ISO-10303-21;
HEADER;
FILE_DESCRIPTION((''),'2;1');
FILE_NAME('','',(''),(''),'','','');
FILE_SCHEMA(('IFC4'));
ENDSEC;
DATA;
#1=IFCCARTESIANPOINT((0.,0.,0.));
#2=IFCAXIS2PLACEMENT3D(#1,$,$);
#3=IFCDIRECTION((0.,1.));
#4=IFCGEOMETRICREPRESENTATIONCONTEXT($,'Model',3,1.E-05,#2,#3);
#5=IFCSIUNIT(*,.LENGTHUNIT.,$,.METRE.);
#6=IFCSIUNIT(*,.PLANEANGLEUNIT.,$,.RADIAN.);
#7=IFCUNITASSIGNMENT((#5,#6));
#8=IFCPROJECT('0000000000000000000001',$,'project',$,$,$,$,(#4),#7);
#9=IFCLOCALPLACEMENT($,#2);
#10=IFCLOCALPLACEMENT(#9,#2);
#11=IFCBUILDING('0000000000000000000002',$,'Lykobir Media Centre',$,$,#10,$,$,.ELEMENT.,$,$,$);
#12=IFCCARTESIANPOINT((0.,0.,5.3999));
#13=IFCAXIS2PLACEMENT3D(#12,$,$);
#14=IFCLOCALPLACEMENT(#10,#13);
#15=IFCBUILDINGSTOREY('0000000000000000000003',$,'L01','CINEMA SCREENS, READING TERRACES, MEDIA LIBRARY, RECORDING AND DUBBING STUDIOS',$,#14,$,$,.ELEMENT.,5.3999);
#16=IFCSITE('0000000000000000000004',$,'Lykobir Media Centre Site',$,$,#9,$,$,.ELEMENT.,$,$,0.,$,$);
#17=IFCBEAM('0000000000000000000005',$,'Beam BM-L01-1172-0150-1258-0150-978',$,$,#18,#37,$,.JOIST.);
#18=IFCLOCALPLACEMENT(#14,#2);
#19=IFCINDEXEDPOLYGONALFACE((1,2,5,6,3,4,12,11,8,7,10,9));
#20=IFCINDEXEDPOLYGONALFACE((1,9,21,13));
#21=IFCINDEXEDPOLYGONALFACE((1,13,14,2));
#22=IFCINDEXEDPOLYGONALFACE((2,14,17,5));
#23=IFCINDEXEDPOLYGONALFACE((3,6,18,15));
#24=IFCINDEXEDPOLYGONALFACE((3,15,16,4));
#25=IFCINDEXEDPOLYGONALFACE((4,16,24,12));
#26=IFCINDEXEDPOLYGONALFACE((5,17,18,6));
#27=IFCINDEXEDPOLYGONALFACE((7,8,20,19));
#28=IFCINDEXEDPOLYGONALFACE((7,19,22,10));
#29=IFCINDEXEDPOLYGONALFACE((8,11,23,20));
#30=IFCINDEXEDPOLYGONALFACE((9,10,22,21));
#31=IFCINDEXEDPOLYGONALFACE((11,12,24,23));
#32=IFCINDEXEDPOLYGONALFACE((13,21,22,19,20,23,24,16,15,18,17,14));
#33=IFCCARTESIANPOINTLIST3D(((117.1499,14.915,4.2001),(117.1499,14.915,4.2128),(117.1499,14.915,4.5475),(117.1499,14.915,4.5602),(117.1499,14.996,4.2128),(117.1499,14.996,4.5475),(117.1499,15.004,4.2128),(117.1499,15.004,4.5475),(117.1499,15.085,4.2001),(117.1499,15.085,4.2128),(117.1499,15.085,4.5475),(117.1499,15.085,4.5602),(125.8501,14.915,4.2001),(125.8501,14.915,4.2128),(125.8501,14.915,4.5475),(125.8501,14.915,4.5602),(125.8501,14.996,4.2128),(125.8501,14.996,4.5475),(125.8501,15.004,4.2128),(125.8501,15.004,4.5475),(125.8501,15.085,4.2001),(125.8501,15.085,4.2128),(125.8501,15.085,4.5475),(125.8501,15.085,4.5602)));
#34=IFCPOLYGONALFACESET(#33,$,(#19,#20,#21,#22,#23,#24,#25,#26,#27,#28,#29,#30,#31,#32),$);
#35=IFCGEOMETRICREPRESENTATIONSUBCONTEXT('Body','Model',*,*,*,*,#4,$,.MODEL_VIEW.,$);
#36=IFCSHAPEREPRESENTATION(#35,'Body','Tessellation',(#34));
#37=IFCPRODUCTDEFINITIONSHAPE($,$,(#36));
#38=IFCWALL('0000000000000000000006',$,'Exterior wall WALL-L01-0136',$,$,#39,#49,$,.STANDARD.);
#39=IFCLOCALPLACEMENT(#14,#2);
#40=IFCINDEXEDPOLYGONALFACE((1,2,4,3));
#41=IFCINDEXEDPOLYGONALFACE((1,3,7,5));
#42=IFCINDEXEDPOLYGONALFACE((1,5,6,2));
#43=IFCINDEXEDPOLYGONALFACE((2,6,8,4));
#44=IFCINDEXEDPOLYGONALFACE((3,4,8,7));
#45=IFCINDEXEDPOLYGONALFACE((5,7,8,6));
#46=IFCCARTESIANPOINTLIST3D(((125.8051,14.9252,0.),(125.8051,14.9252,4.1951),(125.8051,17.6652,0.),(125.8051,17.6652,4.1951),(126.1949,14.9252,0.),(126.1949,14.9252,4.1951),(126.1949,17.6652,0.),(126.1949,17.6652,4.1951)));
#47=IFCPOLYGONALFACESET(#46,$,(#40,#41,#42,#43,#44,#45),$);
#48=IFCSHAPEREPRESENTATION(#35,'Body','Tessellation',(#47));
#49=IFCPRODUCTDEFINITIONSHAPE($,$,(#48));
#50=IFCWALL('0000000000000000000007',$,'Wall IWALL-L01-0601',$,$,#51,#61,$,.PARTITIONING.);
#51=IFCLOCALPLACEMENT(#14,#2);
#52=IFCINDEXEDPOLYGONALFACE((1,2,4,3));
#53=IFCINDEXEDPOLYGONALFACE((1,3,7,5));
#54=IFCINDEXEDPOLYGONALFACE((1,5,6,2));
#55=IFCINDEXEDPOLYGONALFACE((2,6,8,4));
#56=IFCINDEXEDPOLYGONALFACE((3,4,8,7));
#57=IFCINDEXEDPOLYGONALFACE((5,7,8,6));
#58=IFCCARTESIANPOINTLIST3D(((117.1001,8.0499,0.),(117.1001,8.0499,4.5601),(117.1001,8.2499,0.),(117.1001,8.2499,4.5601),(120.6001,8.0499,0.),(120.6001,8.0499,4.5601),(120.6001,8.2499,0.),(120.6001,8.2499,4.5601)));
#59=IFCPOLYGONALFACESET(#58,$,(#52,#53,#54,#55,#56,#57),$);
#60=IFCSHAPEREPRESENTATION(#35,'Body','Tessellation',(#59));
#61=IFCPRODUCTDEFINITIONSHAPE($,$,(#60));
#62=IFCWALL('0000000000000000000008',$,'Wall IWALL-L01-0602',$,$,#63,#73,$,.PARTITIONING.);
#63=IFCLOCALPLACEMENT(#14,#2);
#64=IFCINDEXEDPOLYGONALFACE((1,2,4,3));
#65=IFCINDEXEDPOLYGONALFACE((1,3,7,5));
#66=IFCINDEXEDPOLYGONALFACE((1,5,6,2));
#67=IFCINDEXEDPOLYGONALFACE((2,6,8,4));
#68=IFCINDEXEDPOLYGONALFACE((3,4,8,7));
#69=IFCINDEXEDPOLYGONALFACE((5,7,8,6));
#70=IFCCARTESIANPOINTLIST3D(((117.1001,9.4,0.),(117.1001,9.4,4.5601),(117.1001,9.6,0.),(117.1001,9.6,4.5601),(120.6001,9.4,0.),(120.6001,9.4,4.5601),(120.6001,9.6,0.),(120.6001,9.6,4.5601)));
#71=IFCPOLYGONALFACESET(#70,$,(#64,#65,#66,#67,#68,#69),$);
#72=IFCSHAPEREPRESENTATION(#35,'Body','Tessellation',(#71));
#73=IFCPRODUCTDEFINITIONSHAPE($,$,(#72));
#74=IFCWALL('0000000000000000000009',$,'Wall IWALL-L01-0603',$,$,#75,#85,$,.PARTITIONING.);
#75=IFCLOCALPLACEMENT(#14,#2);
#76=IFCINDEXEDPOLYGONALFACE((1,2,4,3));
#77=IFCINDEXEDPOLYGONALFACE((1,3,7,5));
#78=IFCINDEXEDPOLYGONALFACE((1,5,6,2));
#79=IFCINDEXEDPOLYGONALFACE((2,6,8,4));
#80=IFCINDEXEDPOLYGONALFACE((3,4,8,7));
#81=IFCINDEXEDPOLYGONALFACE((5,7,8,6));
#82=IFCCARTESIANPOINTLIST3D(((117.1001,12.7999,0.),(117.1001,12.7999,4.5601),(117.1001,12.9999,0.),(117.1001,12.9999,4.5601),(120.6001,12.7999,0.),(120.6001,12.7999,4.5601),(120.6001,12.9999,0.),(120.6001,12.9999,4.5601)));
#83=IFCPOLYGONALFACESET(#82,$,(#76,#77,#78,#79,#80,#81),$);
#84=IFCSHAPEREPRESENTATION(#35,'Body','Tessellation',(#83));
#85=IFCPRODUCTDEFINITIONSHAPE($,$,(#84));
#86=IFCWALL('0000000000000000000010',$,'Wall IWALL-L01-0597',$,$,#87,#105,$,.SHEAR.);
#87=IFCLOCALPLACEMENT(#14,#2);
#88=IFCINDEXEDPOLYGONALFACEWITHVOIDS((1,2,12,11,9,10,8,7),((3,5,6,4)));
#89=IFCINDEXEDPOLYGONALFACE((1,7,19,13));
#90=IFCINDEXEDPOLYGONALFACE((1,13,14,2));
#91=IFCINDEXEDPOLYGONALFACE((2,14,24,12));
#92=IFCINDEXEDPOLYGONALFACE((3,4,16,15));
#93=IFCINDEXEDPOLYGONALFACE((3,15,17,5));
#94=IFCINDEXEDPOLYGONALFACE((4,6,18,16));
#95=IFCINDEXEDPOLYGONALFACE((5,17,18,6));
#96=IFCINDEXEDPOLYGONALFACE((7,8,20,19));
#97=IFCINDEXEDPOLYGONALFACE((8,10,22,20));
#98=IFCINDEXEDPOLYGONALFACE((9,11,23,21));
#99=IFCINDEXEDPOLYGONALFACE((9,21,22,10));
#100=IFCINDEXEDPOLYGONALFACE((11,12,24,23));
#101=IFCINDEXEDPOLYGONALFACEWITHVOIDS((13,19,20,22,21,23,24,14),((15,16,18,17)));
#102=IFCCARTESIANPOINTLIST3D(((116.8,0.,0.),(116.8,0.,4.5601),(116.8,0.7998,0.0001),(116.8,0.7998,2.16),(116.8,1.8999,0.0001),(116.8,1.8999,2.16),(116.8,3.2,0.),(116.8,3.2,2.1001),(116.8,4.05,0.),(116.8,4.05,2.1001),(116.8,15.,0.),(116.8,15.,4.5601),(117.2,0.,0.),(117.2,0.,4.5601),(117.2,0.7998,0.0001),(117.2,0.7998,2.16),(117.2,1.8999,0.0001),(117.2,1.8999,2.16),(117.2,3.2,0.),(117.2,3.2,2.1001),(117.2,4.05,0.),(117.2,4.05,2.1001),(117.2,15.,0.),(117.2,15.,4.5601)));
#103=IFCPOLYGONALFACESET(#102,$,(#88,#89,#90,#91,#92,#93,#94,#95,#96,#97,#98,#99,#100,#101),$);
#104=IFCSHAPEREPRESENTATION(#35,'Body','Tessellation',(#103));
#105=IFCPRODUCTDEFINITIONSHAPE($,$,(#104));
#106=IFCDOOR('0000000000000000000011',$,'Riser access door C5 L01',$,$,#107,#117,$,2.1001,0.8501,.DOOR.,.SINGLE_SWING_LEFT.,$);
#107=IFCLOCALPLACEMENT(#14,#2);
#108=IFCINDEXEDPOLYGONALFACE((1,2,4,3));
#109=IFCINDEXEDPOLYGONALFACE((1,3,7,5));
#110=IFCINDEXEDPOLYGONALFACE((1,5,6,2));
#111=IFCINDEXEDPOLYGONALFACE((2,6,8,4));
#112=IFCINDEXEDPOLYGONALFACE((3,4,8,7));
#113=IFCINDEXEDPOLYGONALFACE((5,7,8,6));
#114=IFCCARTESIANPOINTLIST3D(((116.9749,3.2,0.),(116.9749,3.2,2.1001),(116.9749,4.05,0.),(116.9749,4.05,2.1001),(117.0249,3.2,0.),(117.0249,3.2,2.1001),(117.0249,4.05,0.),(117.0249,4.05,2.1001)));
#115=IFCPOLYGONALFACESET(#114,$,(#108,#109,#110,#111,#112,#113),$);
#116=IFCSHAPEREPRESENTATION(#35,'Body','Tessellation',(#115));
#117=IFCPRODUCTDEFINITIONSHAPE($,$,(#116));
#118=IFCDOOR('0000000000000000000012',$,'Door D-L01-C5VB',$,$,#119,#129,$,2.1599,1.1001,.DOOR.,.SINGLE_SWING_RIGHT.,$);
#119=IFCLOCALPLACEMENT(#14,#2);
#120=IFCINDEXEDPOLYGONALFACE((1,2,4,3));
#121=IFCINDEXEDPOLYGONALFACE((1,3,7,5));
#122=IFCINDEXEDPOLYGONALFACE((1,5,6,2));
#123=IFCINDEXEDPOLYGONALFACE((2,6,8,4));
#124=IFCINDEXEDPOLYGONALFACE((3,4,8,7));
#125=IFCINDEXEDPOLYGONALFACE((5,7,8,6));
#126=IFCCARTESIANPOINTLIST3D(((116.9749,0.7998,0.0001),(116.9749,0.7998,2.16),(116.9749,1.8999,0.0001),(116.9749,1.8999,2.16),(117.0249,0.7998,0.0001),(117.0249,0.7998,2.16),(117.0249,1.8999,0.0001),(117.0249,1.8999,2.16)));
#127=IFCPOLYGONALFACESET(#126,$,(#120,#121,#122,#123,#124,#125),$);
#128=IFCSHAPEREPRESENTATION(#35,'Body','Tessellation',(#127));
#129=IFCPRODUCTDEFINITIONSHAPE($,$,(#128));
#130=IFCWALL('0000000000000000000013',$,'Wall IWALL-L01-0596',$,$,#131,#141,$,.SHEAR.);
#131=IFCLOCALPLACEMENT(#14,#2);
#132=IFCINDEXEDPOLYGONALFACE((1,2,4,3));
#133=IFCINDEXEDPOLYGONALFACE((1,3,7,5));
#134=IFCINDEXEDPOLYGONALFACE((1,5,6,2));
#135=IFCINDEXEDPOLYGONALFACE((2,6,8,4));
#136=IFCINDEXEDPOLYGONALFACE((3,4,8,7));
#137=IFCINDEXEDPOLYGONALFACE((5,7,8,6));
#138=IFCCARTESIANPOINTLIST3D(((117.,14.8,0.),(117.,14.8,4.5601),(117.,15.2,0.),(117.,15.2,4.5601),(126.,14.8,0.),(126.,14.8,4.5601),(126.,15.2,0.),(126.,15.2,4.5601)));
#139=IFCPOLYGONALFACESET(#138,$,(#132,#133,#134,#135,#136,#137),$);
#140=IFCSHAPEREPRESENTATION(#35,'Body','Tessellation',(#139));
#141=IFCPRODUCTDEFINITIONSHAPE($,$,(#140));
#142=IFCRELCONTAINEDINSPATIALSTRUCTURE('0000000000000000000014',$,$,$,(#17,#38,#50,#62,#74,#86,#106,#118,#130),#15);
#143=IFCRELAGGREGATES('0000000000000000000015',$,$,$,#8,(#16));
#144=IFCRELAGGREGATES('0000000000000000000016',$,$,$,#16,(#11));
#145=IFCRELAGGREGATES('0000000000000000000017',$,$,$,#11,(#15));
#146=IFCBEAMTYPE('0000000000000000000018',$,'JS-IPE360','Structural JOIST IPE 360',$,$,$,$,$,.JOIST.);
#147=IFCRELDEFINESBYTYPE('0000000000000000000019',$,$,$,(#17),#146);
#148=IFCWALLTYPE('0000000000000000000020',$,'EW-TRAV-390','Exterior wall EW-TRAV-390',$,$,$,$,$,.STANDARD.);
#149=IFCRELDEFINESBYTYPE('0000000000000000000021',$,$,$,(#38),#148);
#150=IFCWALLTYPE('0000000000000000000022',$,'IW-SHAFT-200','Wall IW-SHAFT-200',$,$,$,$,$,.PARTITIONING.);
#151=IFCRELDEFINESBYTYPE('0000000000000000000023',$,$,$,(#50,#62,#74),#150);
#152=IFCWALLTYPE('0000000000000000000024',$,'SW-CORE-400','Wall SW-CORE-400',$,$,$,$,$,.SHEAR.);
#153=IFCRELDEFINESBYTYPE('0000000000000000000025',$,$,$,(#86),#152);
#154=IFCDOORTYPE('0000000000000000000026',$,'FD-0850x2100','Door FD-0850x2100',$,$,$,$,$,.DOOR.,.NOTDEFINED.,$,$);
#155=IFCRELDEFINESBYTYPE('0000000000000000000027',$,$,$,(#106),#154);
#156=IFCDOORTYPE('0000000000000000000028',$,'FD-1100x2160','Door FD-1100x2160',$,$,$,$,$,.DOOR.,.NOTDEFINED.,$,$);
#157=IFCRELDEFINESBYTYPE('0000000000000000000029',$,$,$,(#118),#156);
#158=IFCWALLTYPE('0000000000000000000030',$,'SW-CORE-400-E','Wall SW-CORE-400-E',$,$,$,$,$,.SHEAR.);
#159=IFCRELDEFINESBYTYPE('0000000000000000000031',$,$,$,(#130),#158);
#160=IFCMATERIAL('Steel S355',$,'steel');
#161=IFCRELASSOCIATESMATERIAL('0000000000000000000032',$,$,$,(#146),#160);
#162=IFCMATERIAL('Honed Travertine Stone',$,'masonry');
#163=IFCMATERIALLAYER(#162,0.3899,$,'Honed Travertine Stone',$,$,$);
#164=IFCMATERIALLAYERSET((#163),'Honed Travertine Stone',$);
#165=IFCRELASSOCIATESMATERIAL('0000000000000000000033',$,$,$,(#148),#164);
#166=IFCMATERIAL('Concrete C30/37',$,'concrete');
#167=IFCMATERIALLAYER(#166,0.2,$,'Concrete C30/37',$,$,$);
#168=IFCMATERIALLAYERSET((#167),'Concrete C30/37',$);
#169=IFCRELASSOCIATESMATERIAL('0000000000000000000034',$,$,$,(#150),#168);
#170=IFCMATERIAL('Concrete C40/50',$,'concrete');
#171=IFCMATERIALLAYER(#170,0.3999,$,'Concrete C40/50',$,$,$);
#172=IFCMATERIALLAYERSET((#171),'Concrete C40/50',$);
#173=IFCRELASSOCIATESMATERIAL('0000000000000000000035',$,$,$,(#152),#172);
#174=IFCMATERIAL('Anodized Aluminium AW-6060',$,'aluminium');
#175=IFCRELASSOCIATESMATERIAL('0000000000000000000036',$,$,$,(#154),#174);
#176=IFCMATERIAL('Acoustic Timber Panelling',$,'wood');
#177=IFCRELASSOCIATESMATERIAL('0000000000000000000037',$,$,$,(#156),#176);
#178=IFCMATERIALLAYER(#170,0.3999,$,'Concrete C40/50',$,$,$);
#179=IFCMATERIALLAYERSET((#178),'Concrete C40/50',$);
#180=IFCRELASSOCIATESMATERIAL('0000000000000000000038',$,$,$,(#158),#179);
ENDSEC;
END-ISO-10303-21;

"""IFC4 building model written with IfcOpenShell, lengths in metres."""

from ifc_helpers import new_model, si_unit, direction, frame, frame_2d, origin, origin_2d, place, context, subcontext, project, spatial, rectangle, i_section, extrude, material, layer, layer_set, material_profile, profile_set, type_object, element, fill, save


model = new_model("IFC4")

# Units and contexts
model_context = context("Model", 3, precision=1e-05, world=origin(), true_north=direction((0.0, 1.0)))
body_context = subcontext(model_context, "Body", "Model", "MODEL_VIEW")
ifc_project = project(units=[si_unit("LENGTHUNIT", "METRE"), si_unit("PLANEANGLEUNIT", "RADIAN")], contexts=[model_context])

# Site, building, storey
site_placement = place(None, origin())
site = spatial("IfcSite", under=ifc_project, at=site_placement, Name="Lykobir Media Centre Site", CompositionType="ELEMENT", RefElevation=0.0)
building_placement = place(site_placement, origin())
building = spatial("IfcBuilding", under=site, at=building_placement, Name="Lykobir Media Centre", CompositionType="ELEMENT")
storey_placement = place(building_placement, frame((0.0, 0.0, 5.3999)))
storey = spatial("IfcBuildingStorey", under=building, at=storey_placement, Name="L01", Description="CINEMA SCREENS, READING TERRACES, MEDIA LIBRARY, RECORDING AND DUBBING STUDIOS", CompositionType="ELEMENT", Elevation=5.3999)

# Shared definitions
ifc_material_1 = material(Name="Concrete C40/50", Category="concrete")
ifc_material_2 = material(Name="Steel S355", Category="steel")

# Shared definitions
ifc_material_3 = material(Name="Anodized Aluminium AW-6060", Category="aluminium")

# Beam
ifc_material_profile_1 = material_profile(ifc_material_2, i_section(OverallWidth=0.1699, OverallDepth=0.3601, WebThickness=0.0081, FlangeThickness=0.0127, at=origin_2d()), Name="IPE 360")
ifc_profile_set_1 = profile_set([ifc_material_profile_1], Name="Steel S355")
beam_type_1 = type_object("IfcBeamType", Name="JS-IPE360", Description="Structural JOIST IPE 360", PredefinedType="JOIST", material=ifc_profile_set_1)
beam_1_placement = place(storey_placement, frame((117.1499, 15.0, 4.3801), z_axis=(1.0, 0.0, 0.0), x_axis=(0.0, 1.0, 0.0)))
element("IfcBeam", 1, at=beam_1_placement, inside=storey, type_object=beam_type_1, Name="Beam BM-L01-1172-0150-1258-0150-978", PredefinedType="JOIST", context=body_context, shape_type="SweptSolid", body=[
    extrude(i_section(OverallWidth=0.1699, OverallDepth=0.3601, WebThickness=0.0081, FlangeThickness=0.0127, at=origin_2d()), origin(), (0.0, 0.0, 1.0), 8.7002),
])

# Walls
ifc_material_4 = material(Name="Honed Travertine Stone", Category="masonry")
ifc_layer_1 = layer(ifc_material_4, 0.3899, Name="Honed Travertine Stone")
ifc_layer_set_1 = layer_set([ifc_layer_1], Name="Honed Travertine Stone")
wall_type_1 = type_object("IfcWallType", Name="EW-TRAV-390", Description="Exterior wall EW-TRAV-390", PredefinedType="STANDARD", material=ifc_layer_set_1)
wall_1_placement = place(storey_placement, frame((126.0, 14.925, 0.0), z_axis=(0.0, 0.0, 1.0), x_axis=(0.0, 1.0, 0.0)))
element("IfcWall", 2, at=wall_1_placement, inside=storey, type_object=wall_type_1, Name="Exterior wall WALL-L01-0136", PredefinedType="STANDARD", context=body_context, shape_type="SweptSolid", body=[
    extrude(rectangle(XDim=2.74, YDim=0.3899, at=frame_2d((1.3701, 0.0))), origin(), (0.0, 0.0, 1.0), 4.1951),
])
ifc_material_5 = material(Name="Concrete C30/37", Category="concrete")
ifc_layer_2 = layer(ifc_material_5, 0.2, Name="Concrete C30/37")
ifc_layer_set_2 = layer_set([ifc_layer_2], Name="Concrete C30/37")
wall_type_2 = type_object("IfcWallType", Name="IW-SHAFT-200", Description="Wall IW-SHAFT-200", PredefinedType="PARTITIONING", material=ifc_layer_set_2)
for number, where, z_axis, x_axis, name in (
    (3, (117.1001, 8.1499, 0.0), (0.0, 0.0, 1.0), (1.0, 0.0, 0.0), "Wall IWALL-L01-0601"),
    (4, (117.1001, 9.5, 0.0), (0.0, 0.0, 1.0), (1.0, 0.0, 0.0), "Wall IWALL-L01-0602"),
    (5, (117.1001, 12.8999, 0.0), (0.0, 0.0, 1.0), (1.0, 0.0, 0.0), "Wall IWALL-L01-0603"),
):
    element("IfcWall", number, at=place(storey_placement, frame(where, z_axis=z_axis, x_axis=x_axis)), inside=storey, type_object=wall_type_2, Name=name, PredefinedType="PARTITIONING", context=body_context, shape_type="SweptSolid", body=[
        extrude(rectangle(XDim=3.5, YDim=0.2, at=frame_2d((1.75, 0.0))), origin(), (0.0, 0.0, 1.0), 4.5601),
    ])

# Wall, openings, doors
ifc_layer_3 = layer(ifc_material_1, 0.3999, Name="Concrete C40/50")
ifc_layer_set_3 = layer_set([ifc_layer_3], Name="Concrete C40/50")
wall_type_3 = type_object("IfcWallType", Name="SW-CORE-400", Description="Wall SW-CORE-400", PredefinedType="SHEAR", material=ifc_layer_set_3)
wall_2_placement = place(storey_placement, frame((117.0, 15.0, 0.0), z_axis=(0.0, 0.0, 1.0), x_axis=(0.0, -1.0, 0.0)))
wall_2 = element("IfcWall", 6, at=wall_2_placement, inside=storey, type_object=wall_type_3, Name="Wall IWALL-L01-0597", PredefinedType="SHEAR", context=body_context, shape_type="SweptSolid", body=[
    extrude(rectangle(XDim=15.0, YDim=0.3999, at=frame_2d((7.5, 0.0))), origin(), (0.0, 0.0, 1.0), 4.5601),
])
opening_1_placement = place(wall_2_placement, frame((13.1001, 0.0, 0.0)))
opening_1 = element("IfcOpeningElement", 7, at=opening_1_placement, cuts=wall_2, PredefinedType="OPENING", context=body_context, shape_type="SweptSolid", body=[
    extrude(rectangle(XDim=1.1001, YDim=2.1599, at=frame_2d((0.55, 1.0801))), frame((0.0, 0.21, 0.0), z_axis=(0.0, -1.0, 0.0), x_axis=(1.0, 0.0, 0.0)), (0.0, 0.0, 1.0), 0.4199),
])
opening_2_placement = place(wall_2_placement, frame((10.95, 0.0, 0.0)))
opening_2 = element("IfcOpeningElement", 8, at=opening_2_placement, cuts=wall_2, PredefinedType="OPENING", context=body_context, shape_type="SweptSolid", body=[
    extrude(rectangle(XDim=0.8501, YDim=2.1001, at=frame_2d((0.425, 1.05))), frame((0.0, 0.21, 0.0), z_axis=(0.0, -1.0, 0.0), x_axis=(1.0, 0.0, 0.0)), (0.0, 0.0, 1.0), 0.4199),
])
door_type_1 = type_object("IfcDoorType", Name="FD-0850x2100", Description="Door FD-0850x2100", OperationType="NOTDEFINED", PredefinedType="DOOR", material=ifc_material_3)
door_1_placement = place(opening_2_placement, origin())
door_1 = element("IfcDoor", 9, at=door_1_placement, inside=storey, type_object=door_type_1, Name="Riser access door C5 L01", OperationType="SINGLE_SWING_LEFT", OverallHeight=2.1001, OverallWidth=0.8501, PredefinedType="DOOR", context=body_context, shape_type="SweptSolid", body=[
    extrude(rectangle(XDim=0.8501, YDim=2.1001, at=frame_2d((0.425, 1.05))), frame((0.0, 0.0249, 0.0), z_axis=(0.0, -1.0, 0.0), x_axis=(1.0, 0.0, 0.0)), (0.0, 0.0, 1.0), 0.05),
])
fill(opening_2, door_1)
ifc_material_6 = material(Name="Acoustic Timber Panelling", Category="wood")
door_type_2 = type_object("IfcDoorType", Name="FD-1100x2160", Description="Door FD-1100x2160", OperationType="NOTDEFINED", PredefinedType="DOOR", material=ifc_material_6)
door_2_placement = place(opening_1_placement, origin())
door_2 = element("IfcDoor", 10, at=door_2_placement, inside=storey, type_object=door_type_2, Name="Door D-L01-C5VB", OperationType="SINGLE_SWING_RIGHT", OverallHeight=2.1599, OverallWidth=1.1001, PredefinedType="DOOR", context=body_context, shape_type="SweptSolid", body=[
    extrude(rectangle(XDim=1.1001, YDim=2.1599, at=frame_2d((0.55, 1.0801))), frame((0.0, 0.0249, 0.0), z_axis=(0.0, -1.0, 0.0), x_axis=(1.0, 0.0, 0.0)), (0.0, 0.0, 1.0), 0.05),
])
fill(opening_1, door_2)

# Wall
ifc_layer_4 = layer(ifc_material_1, 0.3999, Name="Concrete C40/50")
ifc_layer_set_4 = layer_set([ifc_layer_4], Name="Concrete C40/50")
wall_type_4 = type_object("IfcWallType", Name="SW-CORE-400-E", Description="Wall SW-CORE-400-E", PredefinedType="SHEAR", material=ifc_layer_set_4)
wall_3_placement = place(storey_placement, frame((126.0, 15.0, 0.0), z_axis=(0.0, 0.0, 1.0), x_axis=(-1.0, 0.0, 0.0)))
element("IfcWall", 11, at=wall_3_placement, inside=storey, type_object=wall_type_4, Name="Wall IWALL-L01-0596", PredefinedType="SHEAR", context=body_context, shape_type="SweptSolid", body=[
    extrude(rectangle(XDim=9.0, YDim=0.3999, at=frame_2d((4.5, 0.0))), origin(), (0.0, 0.0, 1.0), 4.5601),
])

save(model, "model.ifc")
